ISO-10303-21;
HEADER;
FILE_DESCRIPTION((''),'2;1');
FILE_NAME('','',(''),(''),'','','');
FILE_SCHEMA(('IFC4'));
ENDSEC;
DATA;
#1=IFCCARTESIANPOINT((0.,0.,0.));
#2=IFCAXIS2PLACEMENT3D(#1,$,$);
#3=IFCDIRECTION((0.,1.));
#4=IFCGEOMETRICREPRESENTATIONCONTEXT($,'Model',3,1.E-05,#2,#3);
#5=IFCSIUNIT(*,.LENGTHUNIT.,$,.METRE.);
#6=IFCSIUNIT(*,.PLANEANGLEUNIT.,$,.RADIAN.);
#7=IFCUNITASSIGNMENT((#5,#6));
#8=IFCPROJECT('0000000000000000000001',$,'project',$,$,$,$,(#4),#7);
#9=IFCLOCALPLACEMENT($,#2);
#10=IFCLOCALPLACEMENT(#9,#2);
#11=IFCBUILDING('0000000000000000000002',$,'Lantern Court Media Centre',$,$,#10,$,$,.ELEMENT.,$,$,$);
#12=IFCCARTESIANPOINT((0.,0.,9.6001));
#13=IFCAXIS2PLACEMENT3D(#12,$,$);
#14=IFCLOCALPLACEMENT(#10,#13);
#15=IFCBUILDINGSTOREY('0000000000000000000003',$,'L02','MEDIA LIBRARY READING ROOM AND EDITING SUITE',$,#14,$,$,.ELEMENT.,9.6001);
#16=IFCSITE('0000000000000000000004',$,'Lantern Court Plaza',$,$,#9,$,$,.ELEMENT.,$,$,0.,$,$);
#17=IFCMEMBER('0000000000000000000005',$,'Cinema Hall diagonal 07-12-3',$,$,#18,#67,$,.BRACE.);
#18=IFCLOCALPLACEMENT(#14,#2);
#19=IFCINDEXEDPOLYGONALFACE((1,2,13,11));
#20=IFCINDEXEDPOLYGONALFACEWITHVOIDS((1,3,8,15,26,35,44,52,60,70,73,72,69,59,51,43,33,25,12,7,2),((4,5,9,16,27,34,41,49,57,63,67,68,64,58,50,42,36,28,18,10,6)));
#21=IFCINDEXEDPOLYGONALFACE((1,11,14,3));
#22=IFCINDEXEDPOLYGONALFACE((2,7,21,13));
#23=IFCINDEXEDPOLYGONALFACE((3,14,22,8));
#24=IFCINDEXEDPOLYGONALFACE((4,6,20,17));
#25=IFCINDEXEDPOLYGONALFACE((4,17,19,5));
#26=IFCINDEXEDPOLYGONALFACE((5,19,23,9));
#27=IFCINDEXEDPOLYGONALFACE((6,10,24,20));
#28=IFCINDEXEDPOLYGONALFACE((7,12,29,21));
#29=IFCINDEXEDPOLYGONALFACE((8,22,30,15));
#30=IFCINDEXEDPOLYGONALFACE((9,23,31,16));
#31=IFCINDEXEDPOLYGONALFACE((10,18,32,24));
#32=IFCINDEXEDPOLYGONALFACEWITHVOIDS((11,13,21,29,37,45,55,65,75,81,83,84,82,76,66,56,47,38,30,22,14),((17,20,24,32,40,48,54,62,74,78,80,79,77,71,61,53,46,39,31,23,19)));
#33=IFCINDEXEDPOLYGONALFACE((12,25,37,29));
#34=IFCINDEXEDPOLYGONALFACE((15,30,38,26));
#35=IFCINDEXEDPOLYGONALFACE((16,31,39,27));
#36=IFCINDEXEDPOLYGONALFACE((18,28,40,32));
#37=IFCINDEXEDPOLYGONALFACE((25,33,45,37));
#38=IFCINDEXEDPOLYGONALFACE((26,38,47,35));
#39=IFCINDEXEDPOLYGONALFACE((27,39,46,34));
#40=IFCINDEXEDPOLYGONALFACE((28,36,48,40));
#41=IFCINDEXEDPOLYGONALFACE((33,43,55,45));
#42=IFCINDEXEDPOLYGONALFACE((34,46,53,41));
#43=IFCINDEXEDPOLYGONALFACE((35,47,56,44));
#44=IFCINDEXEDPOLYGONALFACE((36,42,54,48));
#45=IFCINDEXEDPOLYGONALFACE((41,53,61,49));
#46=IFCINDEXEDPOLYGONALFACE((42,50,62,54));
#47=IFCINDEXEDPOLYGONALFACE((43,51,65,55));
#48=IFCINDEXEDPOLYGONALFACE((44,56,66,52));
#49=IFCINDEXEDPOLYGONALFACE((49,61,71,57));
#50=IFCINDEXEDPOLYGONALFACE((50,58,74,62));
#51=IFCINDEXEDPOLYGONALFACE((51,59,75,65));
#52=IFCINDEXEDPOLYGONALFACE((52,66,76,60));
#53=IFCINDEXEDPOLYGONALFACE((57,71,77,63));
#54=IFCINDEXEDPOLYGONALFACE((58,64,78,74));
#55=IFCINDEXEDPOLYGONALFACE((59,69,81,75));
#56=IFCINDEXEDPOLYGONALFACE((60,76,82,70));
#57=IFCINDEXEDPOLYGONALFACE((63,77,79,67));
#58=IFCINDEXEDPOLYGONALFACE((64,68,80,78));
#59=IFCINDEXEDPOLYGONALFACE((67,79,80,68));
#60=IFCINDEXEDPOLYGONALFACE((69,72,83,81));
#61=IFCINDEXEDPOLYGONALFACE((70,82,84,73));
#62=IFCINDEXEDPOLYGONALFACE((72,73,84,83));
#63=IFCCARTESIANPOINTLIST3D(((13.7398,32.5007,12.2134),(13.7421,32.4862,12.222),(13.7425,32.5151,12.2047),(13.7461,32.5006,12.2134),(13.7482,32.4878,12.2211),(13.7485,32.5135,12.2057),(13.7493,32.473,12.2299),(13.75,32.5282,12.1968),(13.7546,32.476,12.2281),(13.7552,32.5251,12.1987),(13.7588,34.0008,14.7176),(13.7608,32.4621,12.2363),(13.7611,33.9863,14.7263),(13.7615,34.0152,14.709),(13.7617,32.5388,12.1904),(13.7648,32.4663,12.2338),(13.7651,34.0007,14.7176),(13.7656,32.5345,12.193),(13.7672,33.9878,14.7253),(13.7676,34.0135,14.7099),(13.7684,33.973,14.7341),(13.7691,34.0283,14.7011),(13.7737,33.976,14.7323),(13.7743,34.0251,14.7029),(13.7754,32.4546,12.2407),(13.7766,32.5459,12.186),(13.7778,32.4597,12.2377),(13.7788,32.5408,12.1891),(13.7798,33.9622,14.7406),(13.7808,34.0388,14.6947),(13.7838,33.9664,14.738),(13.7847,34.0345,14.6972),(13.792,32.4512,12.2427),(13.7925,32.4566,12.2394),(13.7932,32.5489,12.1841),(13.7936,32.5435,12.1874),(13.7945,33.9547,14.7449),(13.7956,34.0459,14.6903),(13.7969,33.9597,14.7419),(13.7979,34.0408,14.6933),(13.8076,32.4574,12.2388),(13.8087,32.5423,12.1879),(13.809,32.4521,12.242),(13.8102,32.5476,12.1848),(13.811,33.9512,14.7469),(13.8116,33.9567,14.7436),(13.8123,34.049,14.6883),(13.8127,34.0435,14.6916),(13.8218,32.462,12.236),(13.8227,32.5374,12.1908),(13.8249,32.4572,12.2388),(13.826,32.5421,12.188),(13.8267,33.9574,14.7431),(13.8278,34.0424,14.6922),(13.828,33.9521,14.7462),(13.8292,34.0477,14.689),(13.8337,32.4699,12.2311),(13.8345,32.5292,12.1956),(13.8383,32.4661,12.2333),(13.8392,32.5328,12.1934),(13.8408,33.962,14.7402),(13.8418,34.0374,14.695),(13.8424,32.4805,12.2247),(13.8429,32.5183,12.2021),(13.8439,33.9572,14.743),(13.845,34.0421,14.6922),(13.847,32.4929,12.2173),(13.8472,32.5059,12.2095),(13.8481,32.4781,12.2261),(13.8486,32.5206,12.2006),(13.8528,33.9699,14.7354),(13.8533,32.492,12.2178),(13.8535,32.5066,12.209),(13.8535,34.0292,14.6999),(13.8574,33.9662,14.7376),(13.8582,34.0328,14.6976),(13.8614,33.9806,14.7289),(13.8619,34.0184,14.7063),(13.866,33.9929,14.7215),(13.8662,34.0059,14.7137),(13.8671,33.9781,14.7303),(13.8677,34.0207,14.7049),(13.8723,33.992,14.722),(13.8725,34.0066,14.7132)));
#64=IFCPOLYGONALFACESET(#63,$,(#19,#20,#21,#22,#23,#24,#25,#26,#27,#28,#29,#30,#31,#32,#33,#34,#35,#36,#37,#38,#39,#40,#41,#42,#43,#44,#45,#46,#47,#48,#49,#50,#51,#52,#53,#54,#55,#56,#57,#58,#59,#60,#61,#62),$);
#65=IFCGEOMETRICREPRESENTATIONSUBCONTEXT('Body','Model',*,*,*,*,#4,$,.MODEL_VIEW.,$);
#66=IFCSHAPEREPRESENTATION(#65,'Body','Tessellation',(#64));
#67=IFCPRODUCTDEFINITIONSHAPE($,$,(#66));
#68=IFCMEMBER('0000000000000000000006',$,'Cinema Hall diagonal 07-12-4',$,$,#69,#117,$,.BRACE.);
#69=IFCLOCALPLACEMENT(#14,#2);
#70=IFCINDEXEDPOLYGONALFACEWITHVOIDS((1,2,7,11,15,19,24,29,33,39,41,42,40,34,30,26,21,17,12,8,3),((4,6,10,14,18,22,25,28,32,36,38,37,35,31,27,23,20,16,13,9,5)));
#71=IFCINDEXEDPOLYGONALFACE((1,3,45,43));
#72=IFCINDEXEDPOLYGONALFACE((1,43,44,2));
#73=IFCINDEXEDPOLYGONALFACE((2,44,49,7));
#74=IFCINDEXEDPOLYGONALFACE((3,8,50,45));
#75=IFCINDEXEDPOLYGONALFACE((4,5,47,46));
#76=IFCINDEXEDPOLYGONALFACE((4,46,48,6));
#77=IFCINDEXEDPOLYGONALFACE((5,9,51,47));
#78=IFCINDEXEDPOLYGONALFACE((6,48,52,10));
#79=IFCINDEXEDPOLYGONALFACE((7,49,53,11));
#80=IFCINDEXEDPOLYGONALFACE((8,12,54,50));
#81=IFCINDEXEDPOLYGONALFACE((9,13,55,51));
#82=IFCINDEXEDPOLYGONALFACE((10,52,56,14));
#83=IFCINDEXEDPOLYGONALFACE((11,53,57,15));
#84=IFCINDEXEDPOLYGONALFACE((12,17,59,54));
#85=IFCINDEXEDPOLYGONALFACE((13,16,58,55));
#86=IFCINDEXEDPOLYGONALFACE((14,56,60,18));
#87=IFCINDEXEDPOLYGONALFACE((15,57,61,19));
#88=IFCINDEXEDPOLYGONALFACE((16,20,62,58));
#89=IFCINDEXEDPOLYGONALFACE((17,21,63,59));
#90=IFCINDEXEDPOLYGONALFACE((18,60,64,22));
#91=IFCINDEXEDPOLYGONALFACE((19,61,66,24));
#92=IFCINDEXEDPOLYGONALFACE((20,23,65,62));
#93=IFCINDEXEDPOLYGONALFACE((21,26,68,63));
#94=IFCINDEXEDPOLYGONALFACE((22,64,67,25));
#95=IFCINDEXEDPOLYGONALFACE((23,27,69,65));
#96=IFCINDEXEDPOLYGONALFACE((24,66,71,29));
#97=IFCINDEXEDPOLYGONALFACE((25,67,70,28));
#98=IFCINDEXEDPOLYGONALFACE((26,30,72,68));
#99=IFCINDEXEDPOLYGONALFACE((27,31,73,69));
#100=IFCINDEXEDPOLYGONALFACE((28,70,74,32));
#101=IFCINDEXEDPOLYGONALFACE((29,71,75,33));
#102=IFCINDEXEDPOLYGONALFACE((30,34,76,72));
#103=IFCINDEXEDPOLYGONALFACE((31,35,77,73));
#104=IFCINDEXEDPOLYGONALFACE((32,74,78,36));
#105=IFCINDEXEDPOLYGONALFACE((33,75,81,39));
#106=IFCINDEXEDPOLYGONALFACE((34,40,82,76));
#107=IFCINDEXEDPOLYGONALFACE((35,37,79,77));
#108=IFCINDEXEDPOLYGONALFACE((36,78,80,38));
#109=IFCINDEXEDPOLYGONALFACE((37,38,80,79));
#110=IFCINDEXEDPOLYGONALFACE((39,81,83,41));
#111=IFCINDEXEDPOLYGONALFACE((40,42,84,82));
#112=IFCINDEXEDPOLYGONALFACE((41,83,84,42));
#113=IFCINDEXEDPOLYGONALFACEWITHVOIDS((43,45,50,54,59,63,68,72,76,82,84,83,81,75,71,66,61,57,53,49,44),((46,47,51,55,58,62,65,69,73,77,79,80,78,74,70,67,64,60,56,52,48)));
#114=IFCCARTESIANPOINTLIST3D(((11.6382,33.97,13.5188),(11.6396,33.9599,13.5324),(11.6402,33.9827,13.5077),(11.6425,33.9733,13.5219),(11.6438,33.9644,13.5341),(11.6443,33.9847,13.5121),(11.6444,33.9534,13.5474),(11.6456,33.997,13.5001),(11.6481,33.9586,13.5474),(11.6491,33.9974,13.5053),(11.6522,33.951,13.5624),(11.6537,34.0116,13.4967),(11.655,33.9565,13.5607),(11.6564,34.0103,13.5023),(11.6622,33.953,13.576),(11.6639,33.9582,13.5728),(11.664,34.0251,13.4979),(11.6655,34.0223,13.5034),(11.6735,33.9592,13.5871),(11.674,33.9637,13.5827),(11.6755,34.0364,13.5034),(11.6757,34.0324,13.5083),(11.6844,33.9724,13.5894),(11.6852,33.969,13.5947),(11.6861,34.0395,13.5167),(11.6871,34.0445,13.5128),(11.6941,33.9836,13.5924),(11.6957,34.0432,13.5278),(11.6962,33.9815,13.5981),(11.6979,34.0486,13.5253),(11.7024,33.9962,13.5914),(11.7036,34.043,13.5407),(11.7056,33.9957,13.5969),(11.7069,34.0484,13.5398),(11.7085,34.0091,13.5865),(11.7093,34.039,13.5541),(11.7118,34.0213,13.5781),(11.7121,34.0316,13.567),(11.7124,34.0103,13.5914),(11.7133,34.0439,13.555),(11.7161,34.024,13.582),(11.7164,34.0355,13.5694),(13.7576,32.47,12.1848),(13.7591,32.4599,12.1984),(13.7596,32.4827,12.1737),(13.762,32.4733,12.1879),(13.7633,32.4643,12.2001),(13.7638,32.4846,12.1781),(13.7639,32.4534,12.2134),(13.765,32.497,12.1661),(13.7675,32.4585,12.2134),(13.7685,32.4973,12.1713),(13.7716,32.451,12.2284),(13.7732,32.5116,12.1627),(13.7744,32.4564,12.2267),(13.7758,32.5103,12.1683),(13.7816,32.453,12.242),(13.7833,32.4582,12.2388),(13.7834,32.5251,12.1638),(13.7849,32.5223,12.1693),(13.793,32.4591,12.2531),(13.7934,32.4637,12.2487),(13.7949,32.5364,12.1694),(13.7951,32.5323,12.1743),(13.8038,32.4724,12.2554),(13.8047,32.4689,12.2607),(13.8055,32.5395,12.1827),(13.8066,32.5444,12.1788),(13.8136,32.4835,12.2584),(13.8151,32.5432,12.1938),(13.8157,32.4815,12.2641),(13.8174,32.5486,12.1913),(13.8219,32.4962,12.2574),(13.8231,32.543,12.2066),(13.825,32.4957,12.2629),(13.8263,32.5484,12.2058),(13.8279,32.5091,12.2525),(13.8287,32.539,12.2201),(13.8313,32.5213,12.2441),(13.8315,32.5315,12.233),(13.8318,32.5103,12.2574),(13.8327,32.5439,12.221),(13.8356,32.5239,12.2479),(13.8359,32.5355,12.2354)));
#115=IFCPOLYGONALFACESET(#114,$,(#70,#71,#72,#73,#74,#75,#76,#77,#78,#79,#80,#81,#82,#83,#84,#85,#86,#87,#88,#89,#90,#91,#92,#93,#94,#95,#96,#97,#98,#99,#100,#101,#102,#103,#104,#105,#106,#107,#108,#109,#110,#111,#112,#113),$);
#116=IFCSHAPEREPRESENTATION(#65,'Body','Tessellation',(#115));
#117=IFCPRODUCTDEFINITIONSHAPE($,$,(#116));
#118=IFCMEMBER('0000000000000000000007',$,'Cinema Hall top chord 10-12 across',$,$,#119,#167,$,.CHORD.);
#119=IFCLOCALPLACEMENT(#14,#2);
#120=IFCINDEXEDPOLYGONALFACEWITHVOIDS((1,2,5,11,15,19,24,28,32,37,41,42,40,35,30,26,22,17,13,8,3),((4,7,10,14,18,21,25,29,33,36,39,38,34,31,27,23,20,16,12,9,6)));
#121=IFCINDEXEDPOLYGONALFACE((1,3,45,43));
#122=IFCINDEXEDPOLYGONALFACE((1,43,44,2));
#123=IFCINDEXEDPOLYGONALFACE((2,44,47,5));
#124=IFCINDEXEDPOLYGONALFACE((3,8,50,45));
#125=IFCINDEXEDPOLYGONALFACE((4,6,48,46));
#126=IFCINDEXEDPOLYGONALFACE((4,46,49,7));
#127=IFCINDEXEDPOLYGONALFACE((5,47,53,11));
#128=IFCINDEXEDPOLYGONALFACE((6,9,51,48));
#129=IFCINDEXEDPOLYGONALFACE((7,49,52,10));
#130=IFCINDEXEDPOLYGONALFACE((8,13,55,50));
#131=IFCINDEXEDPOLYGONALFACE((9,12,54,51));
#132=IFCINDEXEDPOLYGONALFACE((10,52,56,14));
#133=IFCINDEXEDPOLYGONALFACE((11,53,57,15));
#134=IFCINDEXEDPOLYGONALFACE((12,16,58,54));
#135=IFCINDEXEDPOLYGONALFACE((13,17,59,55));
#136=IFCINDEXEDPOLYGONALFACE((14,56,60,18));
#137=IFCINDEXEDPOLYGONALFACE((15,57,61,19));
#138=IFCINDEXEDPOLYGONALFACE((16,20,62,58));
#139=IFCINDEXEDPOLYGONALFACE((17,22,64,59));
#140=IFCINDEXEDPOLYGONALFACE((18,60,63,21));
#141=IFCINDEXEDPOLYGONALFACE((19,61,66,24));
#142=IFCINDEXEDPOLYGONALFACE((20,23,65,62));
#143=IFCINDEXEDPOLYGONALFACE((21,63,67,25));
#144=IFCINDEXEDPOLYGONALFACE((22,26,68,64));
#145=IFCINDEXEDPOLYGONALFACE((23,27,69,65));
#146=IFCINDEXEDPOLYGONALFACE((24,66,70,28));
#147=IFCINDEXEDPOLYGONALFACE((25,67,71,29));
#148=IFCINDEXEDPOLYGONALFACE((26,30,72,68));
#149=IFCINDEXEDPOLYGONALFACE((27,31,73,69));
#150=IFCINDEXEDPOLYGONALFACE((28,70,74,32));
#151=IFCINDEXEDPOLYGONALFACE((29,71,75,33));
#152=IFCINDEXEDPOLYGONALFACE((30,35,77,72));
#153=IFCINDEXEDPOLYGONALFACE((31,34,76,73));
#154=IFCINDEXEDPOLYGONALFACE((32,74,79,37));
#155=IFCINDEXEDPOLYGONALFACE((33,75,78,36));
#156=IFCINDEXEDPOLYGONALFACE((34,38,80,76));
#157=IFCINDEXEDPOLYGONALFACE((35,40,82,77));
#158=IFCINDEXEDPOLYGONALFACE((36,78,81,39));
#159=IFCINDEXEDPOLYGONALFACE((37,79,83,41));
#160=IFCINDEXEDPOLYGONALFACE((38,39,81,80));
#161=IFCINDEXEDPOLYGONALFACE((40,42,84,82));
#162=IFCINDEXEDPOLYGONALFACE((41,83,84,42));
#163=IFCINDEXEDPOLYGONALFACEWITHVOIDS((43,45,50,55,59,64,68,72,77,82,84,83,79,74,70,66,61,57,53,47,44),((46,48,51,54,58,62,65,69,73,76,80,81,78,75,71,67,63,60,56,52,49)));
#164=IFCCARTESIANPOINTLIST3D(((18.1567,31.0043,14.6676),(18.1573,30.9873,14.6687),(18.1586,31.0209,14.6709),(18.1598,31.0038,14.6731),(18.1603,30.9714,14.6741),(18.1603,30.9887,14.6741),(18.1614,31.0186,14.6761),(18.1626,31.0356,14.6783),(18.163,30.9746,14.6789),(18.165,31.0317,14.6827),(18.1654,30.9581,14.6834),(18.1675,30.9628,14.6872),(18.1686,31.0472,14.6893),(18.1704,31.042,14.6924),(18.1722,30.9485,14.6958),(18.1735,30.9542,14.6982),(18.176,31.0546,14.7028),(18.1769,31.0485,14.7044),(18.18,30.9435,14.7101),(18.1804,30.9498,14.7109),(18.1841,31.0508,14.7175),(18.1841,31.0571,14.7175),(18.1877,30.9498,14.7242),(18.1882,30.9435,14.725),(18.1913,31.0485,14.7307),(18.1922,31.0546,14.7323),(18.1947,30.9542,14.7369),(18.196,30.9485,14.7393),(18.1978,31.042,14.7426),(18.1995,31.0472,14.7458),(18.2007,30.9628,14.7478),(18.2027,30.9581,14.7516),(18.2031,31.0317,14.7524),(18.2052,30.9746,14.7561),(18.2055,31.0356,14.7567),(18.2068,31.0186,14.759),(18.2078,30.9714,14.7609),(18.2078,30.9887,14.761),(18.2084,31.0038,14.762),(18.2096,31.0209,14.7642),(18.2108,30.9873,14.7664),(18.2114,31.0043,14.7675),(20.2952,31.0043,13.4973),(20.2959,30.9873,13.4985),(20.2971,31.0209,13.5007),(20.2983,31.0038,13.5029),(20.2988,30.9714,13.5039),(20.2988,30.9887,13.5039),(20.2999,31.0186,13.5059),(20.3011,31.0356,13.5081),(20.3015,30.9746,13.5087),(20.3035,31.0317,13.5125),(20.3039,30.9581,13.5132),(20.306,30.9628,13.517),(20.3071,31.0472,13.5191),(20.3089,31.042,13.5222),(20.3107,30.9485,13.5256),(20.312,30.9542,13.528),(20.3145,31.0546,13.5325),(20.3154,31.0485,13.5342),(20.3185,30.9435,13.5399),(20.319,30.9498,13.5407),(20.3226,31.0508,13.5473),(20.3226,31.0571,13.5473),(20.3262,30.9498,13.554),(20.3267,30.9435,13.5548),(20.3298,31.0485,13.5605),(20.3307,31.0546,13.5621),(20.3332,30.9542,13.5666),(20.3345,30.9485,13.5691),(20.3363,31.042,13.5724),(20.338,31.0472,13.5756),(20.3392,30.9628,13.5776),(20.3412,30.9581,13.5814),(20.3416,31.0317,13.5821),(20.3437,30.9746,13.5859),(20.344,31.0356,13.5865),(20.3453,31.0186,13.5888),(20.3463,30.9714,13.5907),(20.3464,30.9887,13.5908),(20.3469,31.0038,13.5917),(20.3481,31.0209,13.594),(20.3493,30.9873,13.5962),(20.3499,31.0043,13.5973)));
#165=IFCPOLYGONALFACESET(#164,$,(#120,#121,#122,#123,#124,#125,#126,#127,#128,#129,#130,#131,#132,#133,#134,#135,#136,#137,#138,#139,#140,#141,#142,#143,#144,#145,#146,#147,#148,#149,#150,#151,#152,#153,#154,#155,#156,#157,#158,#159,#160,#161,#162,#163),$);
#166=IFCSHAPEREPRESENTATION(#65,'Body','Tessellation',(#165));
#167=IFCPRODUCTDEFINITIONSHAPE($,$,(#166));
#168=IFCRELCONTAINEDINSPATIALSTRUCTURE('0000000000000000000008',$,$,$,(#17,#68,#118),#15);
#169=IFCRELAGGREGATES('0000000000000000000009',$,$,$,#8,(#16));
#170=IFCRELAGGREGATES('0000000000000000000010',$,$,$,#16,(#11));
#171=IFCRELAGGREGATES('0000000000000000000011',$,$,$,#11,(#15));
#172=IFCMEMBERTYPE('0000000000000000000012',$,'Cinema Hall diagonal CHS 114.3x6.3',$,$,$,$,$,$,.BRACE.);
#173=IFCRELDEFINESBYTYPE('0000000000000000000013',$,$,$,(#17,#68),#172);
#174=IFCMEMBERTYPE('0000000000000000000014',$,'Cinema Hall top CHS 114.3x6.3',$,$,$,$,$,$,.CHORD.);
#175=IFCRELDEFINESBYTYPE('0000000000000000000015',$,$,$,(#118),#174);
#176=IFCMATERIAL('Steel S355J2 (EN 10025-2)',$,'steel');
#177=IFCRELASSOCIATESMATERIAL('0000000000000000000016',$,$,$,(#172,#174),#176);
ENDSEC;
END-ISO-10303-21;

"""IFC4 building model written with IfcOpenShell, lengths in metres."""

from ifc_helpers import new_model, si_unit, direction, frame, origin, origin_2d, place, context, subcontext, project, spatial, hollow_circle, extrude, material, material_profile, profile_set, type_object, element, save


model = new_model("IFC4")

# Units and contexts
model_context = context("Model", 3, precision=1e-05, world=origin(), true_north=direction((0.0, 1.0)))
body_context = subcontext(model_context, "Body", "Model", "MODEL_VIEW")
ifc_project = project(units=[si_unit("LENGTHUNIT", "METRE"), si_unit("PLANEANGLEUNIT", "RADIAN")], contexts=[model_context])

# Site, building, storey
site_placement = place(None, origin())
site = spatial("IfcSite", under=ifc_project, at=site_placement, Name="Lantern Court Plaza", CompositionType="ELEMENT", RefElevation=0.0)
building_placement = place(site_placement, origin())
building = spatial("IfcBuilding", under=site, at=building_placement, Name="Lantern Court Media Centre", CompositionType="ELEMENT")
storey_placement = place(building_placement, frame((0.0, 0.0, 9.6001)))
storey = spatial("IfcBuildingStorey", under=building, at=storey_placement, Name="L02", Description="MEDIA LIBRARY READING ROOM AND EDITING SUITE", CompositionType="ELEMENT", Elevation=9.6001)

# Members
ifc_material = material(Name="Steel S355J2 (EN 10025-2)", Category="steel")
ifc_material_profile_1 = material_profile(ifc_material, hollow_circle(Radius=0.0571, WallThickness=0.0063, at=origin_2d()), Name="Cinema Hall diagonal CHS 114.3x6.3")
ifc_profile_set_1 = profile_set([ifc_material_profile_1], Name="Steel S355J2 (EN 10025-2)")
member_type_1 = type_object("IfcMemberType", Name="Cinema Hall diagonal CHS 114.3x6.3", PredefinedType="BRACE", material=ifc_profile_set_1)
for number, where, z_axis, x_axis, name in (
    (1, (13.7969, 32.5, 12.2134), (0.006524, 0.513857, 0.857851), (-0.999919, 0.012694, 0.0), "Cinema Hall diagonal 07-12-3"),
    (2, (13.7969, 32.5, 12.2134), (-0.726034, 0.513852, 0.45698), (-0.577702, -0.816248, 0.0), "Cinema Hall diagonal 07-12-4"),
):
    element("IfcMember", number, at=place(storey_placement, frame(where, z_axis=z_axis, x_axis=x_axis)), inside=storey, type_object=member_type_1, Name=name, PredefinedType="BRACE", context=body_context, shape_type="SweptSolid", body=[
        extrude(hollow_circle(Radius=0.0571, WallThickness=0.0063, at=origin_2d()), origin(), (0.0, 0.0, 1.0), 2.9192),
    ])
ifc_material_profile_2 = material_profile(ifc_material, hollow_circle(Radius=0.0571, WallThickness=0.0063, at=origin_2d()), Name="Cinema Hall top CHS 114.3x6.3")
ifc_profile_set_2 = profile_set([ifc_material_profile_2], Name="Steel S355J2 (EN 10025-2)")
member_type_2 = type_object("IfcMemberType", Name="Cinema Hall top CHS 114.3x6.3", PredefinedType="CHORD", material=ifc_profile_set_2)
member_1_placement = place(storey_placement, frame((18.1841, 31.0, 14.7175), z_axis=(0.877248, 0.0, -0.480038), x_axis=(0.0, 1.0, 0.0)))
element("IfcMember", 3, at=member_1_placement, inside=storey, type_object=member_type_2, Name="Cinema Hall top chord 10-12 across", PredefinedType="CHORD", context=body_context, shape_type="SweptSolid", body=[
    extrude(hollow_circle(Radius=0.0571, WallThickness=0.0063, at=origin_2d()), origin(), (0.0, 0.0, 1.0), 2.4377),
])

save(model, "model.ifc")
